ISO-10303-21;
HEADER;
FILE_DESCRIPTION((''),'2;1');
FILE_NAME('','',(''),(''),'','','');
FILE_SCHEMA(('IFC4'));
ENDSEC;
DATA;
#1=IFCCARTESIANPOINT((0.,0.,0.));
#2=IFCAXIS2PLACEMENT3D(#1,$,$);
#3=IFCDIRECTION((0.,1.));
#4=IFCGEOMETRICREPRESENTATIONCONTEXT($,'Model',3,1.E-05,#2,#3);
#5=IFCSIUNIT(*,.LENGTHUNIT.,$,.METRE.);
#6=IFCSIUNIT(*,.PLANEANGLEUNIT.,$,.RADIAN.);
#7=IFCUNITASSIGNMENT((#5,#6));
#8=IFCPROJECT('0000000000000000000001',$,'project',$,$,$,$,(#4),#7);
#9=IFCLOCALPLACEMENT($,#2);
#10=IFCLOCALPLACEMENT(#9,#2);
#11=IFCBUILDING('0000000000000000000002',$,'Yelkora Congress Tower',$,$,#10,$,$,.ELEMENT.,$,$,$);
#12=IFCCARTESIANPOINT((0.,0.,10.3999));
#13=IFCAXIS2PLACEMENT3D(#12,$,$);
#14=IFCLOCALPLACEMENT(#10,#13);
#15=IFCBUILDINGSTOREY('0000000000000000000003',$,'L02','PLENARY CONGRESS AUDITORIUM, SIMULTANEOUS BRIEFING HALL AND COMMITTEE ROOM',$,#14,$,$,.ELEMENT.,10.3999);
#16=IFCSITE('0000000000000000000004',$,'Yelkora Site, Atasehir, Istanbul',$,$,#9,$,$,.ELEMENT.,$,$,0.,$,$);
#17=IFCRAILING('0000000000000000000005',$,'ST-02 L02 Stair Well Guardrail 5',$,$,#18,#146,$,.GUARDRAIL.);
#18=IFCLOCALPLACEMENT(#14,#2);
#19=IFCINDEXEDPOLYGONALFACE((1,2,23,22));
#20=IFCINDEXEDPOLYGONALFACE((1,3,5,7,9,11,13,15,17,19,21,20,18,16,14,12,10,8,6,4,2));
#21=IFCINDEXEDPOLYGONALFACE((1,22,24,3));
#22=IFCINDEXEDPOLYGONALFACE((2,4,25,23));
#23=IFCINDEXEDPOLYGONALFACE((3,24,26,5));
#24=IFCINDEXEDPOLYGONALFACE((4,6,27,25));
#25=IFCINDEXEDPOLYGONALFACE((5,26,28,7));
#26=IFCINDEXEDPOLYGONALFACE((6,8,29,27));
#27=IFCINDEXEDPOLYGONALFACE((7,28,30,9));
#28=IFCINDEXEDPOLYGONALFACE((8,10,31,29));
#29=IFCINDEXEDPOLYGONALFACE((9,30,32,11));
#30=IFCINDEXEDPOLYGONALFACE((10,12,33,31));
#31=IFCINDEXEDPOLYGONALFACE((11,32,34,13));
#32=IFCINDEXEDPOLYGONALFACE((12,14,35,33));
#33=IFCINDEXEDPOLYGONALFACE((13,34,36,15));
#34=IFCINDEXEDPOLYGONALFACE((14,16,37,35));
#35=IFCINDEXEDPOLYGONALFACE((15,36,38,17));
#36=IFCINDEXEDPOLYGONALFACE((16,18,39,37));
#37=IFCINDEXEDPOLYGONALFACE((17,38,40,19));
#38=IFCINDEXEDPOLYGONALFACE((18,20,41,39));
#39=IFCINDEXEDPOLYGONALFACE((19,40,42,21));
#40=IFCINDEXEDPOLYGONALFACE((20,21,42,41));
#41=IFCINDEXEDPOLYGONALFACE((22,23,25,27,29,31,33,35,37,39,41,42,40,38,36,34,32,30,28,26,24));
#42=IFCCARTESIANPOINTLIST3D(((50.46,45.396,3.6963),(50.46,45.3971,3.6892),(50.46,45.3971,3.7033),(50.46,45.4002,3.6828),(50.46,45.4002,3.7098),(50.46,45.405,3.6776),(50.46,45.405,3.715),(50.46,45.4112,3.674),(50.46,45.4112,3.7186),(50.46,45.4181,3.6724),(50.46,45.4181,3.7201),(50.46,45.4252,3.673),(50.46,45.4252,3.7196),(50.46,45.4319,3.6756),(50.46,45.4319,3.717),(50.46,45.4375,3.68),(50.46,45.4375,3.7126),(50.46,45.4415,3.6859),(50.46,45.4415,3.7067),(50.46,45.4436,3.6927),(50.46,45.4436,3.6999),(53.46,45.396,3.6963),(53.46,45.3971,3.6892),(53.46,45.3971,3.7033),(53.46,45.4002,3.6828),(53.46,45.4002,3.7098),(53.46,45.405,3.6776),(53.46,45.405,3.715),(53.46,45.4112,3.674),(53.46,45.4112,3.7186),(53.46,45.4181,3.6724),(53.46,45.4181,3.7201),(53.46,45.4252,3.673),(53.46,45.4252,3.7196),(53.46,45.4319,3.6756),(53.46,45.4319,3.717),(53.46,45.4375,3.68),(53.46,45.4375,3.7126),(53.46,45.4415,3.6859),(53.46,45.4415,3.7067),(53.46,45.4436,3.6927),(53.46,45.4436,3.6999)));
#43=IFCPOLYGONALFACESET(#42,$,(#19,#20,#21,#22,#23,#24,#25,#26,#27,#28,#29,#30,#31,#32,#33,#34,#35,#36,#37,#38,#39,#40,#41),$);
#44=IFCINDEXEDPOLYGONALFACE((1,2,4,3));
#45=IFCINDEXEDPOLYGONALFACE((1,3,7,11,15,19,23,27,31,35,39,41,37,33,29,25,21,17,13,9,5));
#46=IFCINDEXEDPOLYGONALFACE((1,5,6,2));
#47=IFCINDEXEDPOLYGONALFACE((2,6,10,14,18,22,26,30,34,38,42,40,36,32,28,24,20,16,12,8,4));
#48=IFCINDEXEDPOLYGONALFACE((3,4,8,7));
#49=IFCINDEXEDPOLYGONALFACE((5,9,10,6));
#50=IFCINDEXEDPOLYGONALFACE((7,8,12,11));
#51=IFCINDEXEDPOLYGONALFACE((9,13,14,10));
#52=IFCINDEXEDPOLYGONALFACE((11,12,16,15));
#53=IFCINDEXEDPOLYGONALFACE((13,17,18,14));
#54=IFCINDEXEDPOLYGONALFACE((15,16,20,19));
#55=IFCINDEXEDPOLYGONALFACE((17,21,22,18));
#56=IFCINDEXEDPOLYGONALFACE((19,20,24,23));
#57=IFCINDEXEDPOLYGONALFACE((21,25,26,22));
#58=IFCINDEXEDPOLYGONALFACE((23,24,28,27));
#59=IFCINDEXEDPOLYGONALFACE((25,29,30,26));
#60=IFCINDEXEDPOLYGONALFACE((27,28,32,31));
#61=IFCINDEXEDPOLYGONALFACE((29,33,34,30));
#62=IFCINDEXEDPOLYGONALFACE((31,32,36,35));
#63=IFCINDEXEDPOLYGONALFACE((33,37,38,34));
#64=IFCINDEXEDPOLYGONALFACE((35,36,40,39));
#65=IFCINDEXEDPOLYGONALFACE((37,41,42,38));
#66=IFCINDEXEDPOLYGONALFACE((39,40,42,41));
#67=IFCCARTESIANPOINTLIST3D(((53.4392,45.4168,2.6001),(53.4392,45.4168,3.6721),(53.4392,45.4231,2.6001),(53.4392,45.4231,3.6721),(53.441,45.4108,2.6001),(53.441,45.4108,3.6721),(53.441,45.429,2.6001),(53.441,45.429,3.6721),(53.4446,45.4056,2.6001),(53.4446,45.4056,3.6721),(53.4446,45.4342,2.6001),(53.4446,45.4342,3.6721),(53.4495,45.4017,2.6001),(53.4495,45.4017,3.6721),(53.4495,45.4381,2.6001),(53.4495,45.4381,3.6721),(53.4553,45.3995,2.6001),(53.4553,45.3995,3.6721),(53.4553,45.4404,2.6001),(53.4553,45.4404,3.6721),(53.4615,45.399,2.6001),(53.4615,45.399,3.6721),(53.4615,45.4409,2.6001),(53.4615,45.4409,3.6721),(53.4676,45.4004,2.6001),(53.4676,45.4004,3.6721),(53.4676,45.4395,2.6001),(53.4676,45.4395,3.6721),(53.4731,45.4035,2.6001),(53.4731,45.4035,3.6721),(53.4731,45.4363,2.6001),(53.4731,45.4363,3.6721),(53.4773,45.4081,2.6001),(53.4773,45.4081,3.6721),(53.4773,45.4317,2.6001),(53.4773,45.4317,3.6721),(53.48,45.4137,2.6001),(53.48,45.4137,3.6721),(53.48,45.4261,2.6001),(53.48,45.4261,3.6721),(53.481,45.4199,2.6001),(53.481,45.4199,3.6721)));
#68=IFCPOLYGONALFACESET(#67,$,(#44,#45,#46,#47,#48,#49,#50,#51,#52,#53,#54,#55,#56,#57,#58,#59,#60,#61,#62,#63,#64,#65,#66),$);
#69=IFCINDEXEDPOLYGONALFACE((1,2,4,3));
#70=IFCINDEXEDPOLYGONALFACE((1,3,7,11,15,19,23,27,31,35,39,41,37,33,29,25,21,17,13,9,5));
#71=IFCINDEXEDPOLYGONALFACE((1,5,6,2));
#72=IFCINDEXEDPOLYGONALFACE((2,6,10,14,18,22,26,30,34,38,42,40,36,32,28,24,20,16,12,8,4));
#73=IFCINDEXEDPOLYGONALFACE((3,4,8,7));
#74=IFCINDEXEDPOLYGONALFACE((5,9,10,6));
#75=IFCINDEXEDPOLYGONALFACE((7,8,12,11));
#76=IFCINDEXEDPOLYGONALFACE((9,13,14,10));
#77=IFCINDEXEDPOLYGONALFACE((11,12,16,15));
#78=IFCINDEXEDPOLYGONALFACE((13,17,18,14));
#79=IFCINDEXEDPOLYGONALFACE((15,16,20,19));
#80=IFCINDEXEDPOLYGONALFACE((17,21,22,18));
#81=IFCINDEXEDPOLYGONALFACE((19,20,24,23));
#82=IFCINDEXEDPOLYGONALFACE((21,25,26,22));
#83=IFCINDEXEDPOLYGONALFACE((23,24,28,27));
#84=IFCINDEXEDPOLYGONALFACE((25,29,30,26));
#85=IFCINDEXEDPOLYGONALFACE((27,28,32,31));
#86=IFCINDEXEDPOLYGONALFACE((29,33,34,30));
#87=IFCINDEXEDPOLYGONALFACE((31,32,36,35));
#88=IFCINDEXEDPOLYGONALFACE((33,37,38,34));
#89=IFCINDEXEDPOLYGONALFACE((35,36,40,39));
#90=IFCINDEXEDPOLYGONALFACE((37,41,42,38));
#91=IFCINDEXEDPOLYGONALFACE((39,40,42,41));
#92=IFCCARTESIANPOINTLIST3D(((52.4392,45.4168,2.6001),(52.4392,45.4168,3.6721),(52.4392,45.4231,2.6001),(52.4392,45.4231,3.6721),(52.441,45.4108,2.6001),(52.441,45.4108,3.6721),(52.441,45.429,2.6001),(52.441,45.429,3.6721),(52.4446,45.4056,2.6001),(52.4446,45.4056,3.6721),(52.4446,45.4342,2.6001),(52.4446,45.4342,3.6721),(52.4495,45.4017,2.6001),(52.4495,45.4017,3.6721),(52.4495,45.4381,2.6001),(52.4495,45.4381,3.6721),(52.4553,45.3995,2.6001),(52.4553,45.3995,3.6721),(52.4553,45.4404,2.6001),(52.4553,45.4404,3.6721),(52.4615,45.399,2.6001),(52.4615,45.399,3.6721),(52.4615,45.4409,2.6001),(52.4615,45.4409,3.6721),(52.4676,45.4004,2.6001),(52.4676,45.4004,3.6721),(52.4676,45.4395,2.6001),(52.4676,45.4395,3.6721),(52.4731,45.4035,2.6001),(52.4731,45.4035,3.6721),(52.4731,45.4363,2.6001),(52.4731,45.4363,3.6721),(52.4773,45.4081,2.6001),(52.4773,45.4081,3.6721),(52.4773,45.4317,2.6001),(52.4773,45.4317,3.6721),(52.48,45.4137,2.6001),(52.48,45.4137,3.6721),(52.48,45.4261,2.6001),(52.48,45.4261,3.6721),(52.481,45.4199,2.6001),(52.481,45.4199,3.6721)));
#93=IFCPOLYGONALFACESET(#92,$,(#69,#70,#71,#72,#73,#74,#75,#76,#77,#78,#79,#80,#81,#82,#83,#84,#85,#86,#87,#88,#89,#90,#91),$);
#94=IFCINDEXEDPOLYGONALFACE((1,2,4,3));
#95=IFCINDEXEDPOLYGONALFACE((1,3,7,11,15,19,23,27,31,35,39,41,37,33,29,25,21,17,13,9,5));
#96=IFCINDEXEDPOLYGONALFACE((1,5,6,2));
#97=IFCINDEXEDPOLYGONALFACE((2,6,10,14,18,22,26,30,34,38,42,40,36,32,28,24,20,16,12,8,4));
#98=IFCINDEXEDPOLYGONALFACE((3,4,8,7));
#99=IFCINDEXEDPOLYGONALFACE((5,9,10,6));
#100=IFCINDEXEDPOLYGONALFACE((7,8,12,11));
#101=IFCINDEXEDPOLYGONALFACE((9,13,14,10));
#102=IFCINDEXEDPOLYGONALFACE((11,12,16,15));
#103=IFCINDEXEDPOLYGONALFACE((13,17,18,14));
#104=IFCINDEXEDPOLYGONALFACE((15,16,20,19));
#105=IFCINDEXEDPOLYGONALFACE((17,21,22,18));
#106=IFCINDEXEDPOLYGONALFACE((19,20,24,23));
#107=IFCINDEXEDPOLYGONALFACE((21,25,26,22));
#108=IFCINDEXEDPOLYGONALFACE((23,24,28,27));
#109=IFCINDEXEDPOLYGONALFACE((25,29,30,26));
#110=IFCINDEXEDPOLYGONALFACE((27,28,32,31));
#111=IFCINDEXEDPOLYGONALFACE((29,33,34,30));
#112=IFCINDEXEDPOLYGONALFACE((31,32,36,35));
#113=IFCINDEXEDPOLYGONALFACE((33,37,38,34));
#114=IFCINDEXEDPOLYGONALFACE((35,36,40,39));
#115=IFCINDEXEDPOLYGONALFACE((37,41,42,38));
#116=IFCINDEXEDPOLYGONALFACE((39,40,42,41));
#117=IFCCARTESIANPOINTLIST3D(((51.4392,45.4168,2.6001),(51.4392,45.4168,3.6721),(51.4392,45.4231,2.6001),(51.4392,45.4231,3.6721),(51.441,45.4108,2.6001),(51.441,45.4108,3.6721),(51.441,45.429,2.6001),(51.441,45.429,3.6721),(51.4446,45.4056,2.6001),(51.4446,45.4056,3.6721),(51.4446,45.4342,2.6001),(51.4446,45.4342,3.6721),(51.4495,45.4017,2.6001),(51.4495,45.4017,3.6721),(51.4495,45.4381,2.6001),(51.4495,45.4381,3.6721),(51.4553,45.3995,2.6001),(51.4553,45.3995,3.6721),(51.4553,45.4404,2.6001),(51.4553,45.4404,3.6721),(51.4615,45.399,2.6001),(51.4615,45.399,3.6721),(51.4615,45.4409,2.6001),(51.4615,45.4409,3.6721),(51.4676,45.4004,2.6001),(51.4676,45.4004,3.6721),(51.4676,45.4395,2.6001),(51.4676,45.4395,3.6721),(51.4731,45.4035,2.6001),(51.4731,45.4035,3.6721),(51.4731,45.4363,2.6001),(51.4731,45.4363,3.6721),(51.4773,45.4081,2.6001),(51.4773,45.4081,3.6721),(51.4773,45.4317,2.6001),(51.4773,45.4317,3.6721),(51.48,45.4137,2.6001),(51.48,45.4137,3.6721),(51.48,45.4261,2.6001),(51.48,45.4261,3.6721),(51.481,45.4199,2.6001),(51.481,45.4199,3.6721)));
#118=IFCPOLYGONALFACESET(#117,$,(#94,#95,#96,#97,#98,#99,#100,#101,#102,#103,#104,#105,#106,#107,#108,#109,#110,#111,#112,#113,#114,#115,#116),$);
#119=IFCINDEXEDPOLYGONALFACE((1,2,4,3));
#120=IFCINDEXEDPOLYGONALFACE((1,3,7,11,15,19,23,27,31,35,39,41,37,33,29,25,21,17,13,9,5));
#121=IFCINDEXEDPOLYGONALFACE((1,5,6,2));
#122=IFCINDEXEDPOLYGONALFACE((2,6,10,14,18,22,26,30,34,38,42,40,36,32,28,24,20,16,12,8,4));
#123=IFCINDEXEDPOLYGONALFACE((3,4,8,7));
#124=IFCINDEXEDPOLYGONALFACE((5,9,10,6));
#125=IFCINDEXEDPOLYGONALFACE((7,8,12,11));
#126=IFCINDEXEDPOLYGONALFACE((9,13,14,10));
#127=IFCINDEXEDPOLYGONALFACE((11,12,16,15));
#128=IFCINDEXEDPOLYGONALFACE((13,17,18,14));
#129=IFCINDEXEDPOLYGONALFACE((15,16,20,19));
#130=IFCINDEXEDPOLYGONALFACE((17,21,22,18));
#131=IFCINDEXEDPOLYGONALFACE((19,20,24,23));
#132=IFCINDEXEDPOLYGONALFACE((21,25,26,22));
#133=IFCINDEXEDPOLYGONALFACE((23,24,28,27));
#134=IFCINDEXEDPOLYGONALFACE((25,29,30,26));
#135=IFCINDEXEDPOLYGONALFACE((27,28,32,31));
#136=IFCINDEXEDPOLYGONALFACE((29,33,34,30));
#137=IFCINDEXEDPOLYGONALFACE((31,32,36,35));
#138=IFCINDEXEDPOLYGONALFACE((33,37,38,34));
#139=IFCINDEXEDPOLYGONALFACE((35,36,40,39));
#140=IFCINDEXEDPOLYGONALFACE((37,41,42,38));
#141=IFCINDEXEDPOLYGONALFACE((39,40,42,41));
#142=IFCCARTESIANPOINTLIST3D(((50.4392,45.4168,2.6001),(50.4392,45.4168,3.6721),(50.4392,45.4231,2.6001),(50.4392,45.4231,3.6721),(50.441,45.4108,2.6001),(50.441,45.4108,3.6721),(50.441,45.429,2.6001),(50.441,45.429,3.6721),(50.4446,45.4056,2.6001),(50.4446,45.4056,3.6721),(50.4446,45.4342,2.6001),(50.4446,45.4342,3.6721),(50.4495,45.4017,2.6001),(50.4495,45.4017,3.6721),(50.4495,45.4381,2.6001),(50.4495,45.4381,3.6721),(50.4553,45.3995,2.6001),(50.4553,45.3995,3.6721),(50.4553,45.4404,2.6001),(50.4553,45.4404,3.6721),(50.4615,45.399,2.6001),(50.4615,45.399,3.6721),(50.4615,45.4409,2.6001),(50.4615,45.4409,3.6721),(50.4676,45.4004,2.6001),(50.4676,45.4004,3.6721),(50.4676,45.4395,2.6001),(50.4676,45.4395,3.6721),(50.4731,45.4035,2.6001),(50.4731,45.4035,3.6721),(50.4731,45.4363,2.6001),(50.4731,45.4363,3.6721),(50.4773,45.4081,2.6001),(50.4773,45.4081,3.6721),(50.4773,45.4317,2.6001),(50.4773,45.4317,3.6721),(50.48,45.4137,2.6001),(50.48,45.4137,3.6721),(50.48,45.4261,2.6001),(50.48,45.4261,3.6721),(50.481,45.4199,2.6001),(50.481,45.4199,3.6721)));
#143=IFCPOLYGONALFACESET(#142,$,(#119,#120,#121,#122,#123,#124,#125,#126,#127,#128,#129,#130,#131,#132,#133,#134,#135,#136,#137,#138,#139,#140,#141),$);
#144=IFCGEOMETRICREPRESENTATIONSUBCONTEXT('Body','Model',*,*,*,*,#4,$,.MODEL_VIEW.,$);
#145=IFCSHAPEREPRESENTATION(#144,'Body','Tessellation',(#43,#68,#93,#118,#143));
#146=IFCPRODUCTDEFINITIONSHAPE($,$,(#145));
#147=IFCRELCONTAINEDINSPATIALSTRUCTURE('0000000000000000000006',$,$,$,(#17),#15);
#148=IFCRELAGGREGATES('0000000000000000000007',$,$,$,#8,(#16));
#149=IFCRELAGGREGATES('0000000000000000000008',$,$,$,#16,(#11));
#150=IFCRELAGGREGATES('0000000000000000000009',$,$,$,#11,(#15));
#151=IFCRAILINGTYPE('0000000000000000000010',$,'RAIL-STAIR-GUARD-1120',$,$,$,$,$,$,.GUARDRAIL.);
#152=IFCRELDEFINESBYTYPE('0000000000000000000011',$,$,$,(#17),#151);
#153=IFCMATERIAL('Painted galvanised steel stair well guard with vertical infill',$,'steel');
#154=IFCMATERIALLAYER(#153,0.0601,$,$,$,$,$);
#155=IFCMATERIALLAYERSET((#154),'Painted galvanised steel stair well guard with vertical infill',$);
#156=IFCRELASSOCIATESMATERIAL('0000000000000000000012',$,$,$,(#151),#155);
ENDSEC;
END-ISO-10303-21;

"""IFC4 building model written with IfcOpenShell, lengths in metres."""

from ifc_helpers import new_model, si_unit, direction, frame, origin, origin_2d, place, context, subcontext, project, spatial, circle, extrude, material, layer, layer_set, type_object, element, save


model = new_model("IFC4")

# Units and contexts
model_context = context("Model", 3, precision=1e-05, world=origin(), true_north=direction((0.0, 1.0)))
body_context = subcontext(model_context, "Body", "Model", "MODEL_VIEW")
ifc_project = project(units=[si_unit("LENGTHUNIT", "METRE"), si_unit("PLANEANGLEUNIT", "RADIAN")], contexts=[model_context])

# Site, building, storey
site_placement = place(None, origin())
site = spatial("IfcSite", under=ifc_project, at=site_placement, Name="Yelkora Site, Atasehir, Istanbul", CompositionType="ELEMENT", RefElevation=0.0)
building_placement = place(site_placement, origin())
building = spatial("IfcBuilding", under=site, at=building_placement, Name="Yelkora Congress Tower", CompositionType="ELEMENT")
storey_placement = place(building_placement, frame((0.0, 0.0, 10.3999)))
storey = spatial("IfcBuildingStorey", under=building, at=storey_placement, Name="L02", Description="PLENARY CONGRESS AUDITORIUM, SIMULTANEOUS BRIEFING HALL AND COMMITTEE ROOM", CompositionType="ELEMENT", Elevation=10.3999)

# Railing
ifc_material_1 = material(Name="Painted galvanised steel stair well guard with vertical infill", Category="steel")
ifc_layer_1 = layer(ifc_material_1, 0.0601)
ifc_layer_set_1 = layer_set([ifc_layer_1], Name="Painted galvanised steel stair well guard with vertical infill")
railing_type_1 = type_object("IfcRailingType", Name="RAIL-STAIR-GUARD-1120", PredefinedType="GUARDRAIL", material=ifc_layer_set_1)
railing_1_placement = place(storey_placement, frame((53.46, 45.4199, 2.6001)))
element("IfcRailing", 1, at=railing_1_placement, inside=storey, type_object=railing_type_1, Name="ST-02 L02 Stair Well Guardrail 5", PredefinedType="GUARDRAIL", context=body_context, shape_type="SweptSolid", body=[
    extrude(circle(Radius=0.0239, at=origin_2d()), frame((0.0, 0.0, 1.0962), z_axis=(-1.0, 0.0, 0.0), x_axis=(0.0, -1.0, 0.0)), (0.0, 0.0, 1.0), 3.0),
    extrude(circle(Radius=0.021, at=origin_2d()), origin(), (0.0, 0.0, 1.0), 1.072),
    extrude(circle(Radius=0.021, at=origin_2d()), frame((-1.0, 0.0, 0.0)), (0.0, 0.0, 1.0), 1.072),
    extrude(circle(Radius=0.021, at=origin_2d()), frame((-2.0, 0.0, 0.0)), (0.0, 0.0, 1.0), 1.072),
    extrude(circle(Radius=0.021, at=origin_2d()), frame((-3.0, 0.0, 0.0)), (0.0, 0.0, 1.0), 1.072),
])

save(model, "model.ifc")
